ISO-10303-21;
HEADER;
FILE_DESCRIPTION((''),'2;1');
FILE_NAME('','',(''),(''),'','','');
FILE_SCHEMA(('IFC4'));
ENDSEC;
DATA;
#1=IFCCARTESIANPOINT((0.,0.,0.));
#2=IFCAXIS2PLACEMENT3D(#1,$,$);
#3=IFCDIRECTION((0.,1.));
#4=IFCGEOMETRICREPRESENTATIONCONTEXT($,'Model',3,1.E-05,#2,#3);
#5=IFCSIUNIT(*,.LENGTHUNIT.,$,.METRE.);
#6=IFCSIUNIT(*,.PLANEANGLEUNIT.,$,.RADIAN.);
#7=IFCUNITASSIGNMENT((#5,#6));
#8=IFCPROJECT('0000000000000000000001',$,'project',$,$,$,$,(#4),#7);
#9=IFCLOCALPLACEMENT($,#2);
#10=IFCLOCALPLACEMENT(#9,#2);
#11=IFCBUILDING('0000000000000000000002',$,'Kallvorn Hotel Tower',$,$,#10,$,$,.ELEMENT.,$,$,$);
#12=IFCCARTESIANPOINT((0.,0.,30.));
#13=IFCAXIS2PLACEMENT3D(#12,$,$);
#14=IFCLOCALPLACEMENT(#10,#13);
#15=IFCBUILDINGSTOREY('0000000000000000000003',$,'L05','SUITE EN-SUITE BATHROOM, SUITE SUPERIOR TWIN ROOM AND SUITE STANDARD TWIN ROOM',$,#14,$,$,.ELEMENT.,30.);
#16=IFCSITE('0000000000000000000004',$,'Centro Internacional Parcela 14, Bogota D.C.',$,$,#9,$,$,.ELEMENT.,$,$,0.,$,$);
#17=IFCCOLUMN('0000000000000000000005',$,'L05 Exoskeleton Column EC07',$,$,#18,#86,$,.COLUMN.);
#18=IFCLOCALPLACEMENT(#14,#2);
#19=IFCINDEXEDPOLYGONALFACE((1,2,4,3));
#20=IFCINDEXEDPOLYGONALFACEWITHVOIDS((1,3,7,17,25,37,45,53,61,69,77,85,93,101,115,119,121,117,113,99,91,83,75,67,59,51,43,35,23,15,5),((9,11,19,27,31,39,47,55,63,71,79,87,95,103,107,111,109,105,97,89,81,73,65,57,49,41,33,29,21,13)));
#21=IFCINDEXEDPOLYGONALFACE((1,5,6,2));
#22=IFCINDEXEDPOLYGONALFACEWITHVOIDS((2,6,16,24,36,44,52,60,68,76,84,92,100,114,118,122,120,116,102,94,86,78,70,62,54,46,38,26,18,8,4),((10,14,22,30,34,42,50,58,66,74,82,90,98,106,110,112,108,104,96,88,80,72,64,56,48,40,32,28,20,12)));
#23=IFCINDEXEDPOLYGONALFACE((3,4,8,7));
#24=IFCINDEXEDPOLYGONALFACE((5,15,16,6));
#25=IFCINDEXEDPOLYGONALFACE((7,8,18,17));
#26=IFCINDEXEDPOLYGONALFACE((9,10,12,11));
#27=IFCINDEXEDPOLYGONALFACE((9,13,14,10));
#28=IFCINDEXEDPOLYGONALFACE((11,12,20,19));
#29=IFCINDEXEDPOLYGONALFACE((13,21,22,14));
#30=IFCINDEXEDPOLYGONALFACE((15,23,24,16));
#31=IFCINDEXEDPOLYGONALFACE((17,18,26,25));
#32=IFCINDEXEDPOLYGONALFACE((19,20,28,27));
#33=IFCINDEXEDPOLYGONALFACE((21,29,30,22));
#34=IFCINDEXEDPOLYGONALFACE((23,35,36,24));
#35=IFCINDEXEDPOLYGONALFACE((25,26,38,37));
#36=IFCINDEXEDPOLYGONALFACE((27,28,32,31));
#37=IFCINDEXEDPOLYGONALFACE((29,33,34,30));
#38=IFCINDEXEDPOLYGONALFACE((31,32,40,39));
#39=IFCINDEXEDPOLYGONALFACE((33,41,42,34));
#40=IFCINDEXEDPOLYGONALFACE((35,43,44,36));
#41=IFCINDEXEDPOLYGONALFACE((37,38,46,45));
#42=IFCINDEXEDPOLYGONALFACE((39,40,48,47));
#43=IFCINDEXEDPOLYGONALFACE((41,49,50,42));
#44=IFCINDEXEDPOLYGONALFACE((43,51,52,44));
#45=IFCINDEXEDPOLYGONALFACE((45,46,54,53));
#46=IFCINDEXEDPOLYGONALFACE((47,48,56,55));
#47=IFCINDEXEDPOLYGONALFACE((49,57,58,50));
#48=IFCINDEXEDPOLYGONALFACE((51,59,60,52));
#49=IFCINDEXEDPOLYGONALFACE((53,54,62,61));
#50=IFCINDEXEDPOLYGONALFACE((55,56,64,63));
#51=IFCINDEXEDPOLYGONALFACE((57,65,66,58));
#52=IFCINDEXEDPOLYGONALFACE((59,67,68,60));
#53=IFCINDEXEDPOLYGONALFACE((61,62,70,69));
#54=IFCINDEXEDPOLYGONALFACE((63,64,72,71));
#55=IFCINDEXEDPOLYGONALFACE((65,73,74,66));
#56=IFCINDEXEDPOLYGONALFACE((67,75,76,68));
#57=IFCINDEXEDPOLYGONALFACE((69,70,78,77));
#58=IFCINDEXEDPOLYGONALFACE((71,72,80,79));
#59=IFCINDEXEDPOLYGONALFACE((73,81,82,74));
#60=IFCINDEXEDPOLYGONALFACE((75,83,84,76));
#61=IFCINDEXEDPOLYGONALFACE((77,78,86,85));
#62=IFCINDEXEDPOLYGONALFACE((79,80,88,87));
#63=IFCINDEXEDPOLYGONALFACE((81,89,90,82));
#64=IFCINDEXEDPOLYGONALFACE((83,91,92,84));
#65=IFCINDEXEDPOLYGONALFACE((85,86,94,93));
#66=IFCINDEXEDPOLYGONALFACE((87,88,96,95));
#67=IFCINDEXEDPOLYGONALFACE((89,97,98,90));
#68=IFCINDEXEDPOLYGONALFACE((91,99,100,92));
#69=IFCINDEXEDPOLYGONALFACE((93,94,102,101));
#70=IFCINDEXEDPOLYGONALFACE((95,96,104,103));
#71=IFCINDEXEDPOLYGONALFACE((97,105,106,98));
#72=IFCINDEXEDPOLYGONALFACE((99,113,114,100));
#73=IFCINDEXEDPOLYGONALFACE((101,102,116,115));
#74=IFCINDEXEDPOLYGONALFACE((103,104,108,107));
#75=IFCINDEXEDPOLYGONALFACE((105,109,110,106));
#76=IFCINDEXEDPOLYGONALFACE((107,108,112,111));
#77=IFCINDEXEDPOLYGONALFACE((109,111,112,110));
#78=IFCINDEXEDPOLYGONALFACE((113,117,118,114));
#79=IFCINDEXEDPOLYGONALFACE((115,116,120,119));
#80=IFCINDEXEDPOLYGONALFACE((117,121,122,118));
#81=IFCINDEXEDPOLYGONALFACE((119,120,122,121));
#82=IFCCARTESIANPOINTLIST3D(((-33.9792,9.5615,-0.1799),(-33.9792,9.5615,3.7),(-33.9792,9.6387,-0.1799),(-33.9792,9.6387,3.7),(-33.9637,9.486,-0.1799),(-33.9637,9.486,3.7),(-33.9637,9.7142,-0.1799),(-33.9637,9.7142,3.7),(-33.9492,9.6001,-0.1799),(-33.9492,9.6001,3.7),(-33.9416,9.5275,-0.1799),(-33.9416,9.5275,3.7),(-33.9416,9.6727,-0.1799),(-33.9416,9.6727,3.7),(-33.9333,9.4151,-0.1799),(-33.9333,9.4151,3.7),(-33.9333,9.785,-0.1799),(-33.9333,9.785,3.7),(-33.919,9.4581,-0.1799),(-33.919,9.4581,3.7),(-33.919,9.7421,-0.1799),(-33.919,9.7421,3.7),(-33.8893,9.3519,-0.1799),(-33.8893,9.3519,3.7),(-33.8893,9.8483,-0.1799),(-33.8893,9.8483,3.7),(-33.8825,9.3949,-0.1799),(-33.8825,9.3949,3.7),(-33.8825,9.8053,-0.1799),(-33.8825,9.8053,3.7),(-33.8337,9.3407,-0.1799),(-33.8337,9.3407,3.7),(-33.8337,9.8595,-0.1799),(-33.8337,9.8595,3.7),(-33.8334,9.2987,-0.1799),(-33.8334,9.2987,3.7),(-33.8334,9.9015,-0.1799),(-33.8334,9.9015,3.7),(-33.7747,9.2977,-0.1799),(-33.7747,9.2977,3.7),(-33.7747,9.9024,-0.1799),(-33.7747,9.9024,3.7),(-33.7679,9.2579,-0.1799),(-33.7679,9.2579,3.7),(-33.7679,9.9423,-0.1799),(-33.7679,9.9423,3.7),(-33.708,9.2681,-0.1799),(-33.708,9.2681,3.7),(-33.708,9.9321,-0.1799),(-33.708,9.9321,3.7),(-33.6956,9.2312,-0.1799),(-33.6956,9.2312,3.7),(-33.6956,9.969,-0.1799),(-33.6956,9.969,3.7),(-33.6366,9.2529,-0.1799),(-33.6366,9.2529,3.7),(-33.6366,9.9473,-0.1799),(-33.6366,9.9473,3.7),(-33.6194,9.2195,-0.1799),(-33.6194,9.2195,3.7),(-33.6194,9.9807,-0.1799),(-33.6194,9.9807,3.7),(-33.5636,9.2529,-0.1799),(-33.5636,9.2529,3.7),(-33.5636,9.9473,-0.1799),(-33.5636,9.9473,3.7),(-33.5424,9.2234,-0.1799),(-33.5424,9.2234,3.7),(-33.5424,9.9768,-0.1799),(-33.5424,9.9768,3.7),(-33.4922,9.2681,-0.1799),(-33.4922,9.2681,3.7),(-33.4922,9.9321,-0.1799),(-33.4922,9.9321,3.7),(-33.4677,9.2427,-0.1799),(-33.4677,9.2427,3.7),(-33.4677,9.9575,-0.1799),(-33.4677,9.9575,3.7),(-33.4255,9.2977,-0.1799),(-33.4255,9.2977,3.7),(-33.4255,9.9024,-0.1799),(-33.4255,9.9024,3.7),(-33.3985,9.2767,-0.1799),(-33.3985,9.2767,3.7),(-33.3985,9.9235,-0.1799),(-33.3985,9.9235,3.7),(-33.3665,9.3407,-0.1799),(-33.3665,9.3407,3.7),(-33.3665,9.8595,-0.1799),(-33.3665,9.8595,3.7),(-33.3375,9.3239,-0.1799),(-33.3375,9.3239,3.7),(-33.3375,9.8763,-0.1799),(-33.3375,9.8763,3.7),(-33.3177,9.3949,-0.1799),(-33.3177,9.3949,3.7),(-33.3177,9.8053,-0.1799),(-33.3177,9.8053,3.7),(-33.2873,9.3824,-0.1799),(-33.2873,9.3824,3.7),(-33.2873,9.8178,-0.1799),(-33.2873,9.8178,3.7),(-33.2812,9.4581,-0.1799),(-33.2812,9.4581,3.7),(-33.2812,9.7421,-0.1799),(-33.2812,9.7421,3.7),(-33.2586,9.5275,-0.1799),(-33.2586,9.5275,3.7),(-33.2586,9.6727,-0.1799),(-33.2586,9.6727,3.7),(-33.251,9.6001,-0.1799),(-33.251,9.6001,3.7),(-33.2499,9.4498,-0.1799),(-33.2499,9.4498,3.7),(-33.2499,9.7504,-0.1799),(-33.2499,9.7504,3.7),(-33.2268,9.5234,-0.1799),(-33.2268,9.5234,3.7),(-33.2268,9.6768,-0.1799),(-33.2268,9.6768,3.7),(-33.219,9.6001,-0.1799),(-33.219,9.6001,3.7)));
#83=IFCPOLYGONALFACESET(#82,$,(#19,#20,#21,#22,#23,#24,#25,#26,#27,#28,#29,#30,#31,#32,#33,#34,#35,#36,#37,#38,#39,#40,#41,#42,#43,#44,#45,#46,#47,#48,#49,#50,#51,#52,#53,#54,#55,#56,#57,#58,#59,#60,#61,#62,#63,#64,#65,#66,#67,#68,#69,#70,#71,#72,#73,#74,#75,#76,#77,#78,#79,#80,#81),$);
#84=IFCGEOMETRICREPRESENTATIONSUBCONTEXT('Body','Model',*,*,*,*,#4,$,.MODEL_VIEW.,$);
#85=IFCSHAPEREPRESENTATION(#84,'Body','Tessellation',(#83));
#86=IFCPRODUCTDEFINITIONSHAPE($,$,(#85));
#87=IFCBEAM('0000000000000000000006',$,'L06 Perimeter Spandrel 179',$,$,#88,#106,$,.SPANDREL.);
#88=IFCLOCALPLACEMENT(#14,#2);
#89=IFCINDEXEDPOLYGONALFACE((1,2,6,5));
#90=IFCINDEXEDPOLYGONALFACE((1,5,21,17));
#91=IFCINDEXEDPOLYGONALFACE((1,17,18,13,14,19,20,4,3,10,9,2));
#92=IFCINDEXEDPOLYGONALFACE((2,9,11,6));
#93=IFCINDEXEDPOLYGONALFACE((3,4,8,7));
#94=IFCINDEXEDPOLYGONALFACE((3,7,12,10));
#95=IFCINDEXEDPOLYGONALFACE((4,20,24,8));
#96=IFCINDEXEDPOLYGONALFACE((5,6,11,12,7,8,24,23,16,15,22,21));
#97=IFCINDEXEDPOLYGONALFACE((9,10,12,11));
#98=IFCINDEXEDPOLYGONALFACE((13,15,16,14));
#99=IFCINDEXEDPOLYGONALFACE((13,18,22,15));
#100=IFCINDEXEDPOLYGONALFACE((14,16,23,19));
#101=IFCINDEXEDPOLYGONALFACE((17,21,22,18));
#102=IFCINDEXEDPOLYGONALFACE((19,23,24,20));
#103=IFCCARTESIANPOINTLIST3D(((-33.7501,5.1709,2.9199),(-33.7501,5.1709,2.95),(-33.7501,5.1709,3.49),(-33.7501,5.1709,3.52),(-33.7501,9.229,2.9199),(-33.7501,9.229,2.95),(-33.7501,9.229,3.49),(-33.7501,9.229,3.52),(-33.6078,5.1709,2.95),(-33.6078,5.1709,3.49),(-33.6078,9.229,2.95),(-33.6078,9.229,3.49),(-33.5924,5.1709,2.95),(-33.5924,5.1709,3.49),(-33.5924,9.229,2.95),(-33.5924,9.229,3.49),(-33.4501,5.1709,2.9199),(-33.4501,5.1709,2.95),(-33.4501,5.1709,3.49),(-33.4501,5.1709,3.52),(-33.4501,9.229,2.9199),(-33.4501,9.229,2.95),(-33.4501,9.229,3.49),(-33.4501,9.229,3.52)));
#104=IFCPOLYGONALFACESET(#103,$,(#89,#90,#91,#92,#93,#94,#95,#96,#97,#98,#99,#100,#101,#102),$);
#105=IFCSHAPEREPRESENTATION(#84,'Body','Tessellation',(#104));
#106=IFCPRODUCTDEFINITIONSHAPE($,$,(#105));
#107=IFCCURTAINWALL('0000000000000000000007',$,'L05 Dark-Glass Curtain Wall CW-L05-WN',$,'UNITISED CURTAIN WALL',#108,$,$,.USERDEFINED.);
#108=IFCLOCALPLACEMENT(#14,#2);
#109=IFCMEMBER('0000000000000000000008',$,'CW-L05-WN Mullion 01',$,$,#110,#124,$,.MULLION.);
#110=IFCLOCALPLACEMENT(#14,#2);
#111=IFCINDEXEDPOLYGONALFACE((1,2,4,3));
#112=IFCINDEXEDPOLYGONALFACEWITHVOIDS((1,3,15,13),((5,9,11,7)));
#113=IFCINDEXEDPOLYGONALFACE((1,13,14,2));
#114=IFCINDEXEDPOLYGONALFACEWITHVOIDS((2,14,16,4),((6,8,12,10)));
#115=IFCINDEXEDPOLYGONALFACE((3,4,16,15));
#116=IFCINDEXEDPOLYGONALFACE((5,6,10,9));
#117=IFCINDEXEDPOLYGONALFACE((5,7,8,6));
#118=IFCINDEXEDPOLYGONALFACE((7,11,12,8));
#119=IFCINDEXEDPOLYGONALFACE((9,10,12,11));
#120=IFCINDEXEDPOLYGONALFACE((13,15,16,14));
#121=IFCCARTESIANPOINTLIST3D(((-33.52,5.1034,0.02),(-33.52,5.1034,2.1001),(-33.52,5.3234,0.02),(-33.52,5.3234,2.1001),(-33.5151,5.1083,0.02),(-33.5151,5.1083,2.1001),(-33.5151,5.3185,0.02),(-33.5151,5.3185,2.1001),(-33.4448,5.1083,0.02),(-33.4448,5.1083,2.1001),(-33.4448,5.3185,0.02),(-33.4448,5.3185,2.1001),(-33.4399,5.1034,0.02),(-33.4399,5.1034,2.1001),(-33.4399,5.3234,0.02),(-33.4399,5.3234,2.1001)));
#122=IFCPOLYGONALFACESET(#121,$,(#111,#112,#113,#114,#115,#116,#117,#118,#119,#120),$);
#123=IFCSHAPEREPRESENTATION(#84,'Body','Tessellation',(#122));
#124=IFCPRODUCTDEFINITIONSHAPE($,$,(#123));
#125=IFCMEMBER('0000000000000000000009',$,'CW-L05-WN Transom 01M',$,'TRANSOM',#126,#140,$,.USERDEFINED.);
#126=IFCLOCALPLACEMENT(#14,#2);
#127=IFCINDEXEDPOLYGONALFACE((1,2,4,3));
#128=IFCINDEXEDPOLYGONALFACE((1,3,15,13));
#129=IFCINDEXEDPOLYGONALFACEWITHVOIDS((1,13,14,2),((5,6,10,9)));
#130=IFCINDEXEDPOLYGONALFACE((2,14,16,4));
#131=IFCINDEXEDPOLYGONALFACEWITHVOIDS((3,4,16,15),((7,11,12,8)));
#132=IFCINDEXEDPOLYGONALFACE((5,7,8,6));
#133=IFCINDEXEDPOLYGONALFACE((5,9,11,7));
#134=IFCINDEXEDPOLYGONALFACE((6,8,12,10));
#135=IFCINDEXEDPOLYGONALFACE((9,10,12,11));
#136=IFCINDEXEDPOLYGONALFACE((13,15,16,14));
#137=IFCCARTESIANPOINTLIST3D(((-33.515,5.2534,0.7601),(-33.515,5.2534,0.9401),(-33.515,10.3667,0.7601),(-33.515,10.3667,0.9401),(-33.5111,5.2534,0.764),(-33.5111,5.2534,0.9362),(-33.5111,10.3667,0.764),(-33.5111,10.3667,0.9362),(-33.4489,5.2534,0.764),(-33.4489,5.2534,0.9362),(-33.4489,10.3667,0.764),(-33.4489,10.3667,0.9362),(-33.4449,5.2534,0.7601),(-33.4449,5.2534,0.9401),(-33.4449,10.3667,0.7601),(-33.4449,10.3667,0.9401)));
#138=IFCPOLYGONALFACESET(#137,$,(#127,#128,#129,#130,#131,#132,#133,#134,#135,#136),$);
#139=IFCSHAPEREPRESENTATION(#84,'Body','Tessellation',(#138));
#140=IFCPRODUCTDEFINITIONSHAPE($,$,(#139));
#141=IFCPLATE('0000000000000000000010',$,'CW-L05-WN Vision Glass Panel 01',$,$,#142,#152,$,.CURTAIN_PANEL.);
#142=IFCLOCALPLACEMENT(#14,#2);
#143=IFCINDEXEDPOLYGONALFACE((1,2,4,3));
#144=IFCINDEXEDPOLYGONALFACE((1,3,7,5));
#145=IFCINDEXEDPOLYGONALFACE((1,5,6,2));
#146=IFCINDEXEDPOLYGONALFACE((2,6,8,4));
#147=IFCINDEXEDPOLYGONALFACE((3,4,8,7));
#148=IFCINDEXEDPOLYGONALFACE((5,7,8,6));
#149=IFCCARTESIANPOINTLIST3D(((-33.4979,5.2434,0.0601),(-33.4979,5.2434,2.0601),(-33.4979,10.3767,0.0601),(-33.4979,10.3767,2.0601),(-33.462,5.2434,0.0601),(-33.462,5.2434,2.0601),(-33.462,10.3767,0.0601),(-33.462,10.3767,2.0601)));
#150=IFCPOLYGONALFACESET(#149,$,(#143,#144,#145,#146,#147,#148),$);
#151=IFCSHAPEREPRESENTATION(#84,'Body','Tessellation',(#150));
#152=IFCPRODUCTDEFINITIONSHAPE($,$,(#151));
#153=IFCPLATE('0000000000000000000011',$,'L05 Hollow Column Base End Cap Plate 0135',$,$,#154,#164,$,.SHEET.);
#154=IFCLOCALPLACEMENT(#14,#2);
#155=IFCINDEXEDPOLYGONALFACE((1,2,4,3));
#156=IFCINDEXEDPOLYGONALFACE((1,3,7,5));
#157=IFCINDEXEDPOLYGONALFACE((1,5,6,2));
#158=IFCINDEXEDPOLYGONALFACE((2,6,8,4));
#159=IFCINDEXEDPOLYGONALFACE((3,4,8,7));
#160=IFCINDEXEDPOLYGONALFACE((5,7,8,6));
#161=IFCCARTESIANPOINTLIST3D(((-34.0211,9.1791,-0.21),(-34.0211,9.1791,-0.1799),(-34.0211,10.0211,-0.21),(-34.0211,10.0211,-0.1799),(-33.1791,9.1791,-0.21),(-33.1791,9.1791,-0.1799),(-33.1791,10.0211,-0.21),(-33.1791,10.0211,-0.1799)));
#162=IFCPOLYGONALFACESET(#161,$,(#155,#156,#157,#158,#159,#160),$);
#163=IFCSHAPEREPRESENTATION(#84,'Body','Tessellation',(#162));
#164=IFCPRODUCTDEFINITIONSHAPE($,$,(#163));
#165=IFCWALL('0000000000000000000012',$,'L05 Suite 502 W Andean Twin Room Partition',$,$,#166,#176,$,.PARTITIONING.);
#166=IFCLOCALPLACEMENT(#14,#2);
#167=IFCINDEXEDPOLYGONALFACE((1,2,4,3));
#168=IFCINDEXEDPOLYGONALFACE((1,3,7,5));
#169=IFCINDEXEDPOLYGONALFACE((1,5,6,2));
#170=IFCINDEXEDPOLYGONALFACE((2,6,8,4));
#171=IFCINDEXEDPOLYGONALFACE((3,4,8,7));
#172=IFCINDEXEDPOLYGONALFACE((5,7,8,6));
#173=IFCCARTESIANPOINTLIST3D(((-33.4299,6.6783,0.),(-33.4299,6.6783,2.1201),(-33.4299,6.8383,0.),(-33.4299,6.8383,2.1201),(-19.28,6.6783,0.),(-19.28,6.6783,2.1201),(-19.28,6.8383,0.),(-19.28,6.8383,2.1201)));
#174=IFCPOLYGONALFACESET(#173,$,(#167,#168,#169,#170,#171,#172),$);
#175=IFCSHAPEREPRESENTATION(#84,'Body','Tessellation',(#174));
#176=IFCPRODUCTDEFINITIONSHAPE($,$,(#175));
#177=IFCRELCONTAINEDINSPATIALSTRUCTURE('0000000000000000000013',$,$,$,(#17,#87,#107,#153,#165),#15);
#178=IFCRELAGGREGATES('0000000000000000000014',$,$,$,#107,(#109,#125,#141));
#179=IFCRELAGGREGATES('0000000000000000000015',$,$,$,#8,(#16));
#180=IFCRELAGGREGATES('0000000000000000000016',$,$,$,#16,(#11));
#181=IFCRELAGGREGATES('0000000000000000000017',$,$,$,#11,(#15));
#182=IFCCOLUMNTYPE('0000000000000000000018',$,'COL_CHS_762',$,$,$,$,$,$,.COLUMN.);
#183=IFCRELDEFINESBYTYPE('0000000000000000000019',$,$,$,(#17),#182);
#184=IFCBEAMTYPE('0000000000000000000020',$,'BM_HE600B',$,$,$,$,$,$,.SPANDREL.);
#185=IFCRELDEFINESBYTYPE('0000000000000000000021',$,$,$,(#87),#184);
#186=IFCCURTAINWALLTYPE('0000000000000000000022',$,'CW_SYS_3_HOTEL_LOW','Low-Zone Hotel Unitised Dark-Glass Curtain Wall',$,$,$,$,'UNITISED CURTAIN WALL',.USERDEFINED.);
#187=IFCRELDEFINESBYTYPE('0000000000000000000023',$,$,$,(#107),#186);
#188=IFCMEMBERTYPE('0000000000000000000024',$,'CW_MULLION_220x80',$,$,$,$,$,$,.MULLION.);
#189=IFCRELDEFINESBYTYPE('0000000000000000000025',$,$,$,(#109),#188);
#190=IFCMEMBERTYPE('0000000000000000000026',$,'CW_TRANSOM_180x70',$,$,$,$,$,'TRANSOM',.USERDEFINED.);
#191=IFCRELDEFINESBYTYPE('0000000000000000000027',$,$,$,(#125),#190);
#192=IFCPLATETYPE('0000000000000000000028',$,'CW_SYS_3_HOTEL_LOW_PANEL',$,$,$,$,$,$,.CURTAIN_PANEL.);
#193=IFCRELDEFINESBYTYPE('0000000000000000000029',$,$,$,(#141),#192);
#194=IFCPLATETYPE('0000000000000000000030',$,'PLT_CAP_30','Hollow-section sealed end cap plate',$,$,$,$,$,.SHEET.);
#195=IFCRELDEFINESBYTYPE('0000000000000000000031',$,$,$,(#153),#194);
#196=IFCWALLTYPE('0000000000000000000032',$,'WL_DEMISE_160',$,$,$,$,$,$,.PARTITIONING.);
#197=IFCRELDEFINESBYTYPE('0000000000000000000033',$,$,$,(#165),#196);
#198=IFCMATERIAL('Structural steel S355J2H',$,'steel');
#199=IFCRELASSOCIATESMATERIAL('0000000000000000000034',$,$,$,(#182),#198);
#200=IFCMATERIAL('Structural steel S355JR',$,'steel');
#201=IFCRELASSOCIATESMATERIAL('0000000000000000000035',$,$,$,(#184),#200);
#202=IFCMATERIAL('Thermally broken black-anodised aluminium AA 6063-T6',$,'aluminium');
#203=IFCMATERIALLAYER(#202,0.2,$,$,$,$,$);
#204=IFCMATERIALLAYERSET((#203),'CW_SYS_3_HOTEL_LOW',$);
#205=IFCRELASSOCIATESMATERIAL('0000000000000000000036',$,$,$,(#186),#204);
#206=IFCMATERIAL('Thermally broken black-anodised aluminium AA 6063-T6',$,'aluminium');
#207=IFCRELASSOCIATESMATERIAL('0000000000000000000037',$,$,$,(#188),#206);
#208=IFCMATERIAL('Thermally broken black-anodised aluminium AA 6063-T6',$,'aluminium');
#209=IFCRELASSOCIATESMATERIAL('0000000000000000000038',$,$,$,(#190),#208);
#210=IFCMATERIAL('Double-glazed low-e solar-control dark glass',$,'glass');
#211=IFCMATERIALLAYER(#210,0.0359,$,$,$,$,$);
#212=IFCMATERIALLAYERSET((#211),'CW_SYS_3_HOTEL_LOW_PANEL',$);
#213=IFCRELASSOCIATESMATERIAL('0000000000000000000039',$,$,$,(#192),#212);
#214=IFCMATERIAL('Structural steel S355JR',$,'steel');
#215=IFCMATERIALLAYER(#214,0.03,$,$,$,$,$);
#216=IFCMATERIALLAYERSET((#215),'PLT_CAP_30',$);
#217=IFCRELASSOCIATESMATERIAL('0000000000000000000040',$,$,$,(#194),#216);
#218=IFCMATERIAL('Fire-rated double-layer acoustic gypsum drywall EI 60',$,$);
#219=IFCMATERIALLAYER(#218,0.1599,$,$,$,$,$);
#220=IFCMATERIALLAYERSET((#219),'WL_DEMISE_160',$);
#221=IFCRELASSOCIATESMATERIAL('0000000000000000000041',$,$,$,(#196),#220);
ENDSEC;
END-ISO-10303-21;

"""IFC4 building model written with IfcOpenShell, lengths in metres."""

from ifc_helpers import new_model, si_unit, direction, frame, frame_2d, origin, origin_2d, place, context, subcontext, project, spatial, rectangle, hollow_rectangle, hollow_circle, i_section, extrude, material, layer, layer_set, material_profile, profile_set, type_object, element, aggregate, save


model = new_model("IFC4")

# Units and contexts
model_context = context("Model", 3, precision=1e-05, world=origin(), true_north=direction((0.0, 1.0)))
body_context = subcontext(model_context, "Body", "Model", "MODEL_VIEW")
ifc_project = project(units=[si_unit("LENGTHUNIT", "METRE"), si_unit("PLANEANGLEUNIT", "RADIAN")], contexts=[model_context])

# Site, building, storey
site_placement = place(None, origin())
site = spatial("IfcSite", under=ifc_project, at=site_placement, Name="Centro Internacional Parcela 14, Bogota D.C.", CompositionType="ELEMENT", RefElevation=0.0)
building_placement = place(site_placement, origin())
building = spatial("IfcBuilding", under=site, at=building_placement, Name="Kallvorn Hotel Tower", CompositionType="ELEMENT")
storey_placement = place(building_placement, frame((0.0, 0.0, 30.0)))
storey = spatial("IfcBuildingStorey", under=building, at=storey_placement, Name="L05", Description="SUITE EN-SUITE BATHROOM, SUITE SUPERIOR TWIN ROOM AND SUITE STANDARD TWIN ROOM", CompositionType="ELEMENT", Elevation=30.0)

# Column
ifc_material_1 = material(Name="Structural steel S355J2H", Category="steel")
ifc_material_profile_1 = material_profile(ifc_material_1, hollow_circle(Radius=0.3811, WallThickness=0.032, at=origin_2d()), Name="CHS 762x32")
ifc_profile_set_1 = profile_set([ifc_material_profile_1], Name="Structural steel S355J2H")
column_type = type_object("IfcColumnType", Name="COL_CHS_762", PredefinedType="COLUMN", material=ifc_profile_set_1)
column_placement = place(storey_placement, frame((-33.6001, 9.6001, -0.1799), z_axis=(0.0, 0.0, 1.0), x_axis=(1.0, 0.0, 0.0)))
element("IfcColumn", 1, at=column_placement, inside=storey, type_object=column_type, Name="L05 Exoskeleton Column EC07", PredefinedType="COLUMN", context=body_context, shape_type="SweptSolid", body=[
    extrude(hollow_circle(Radius=0.3811, WallThickness=0.032, at=origin_2d()), origin(), (0.0, 0.0, 1.0), 3.8799),
])

# Beam
ifc_material_2 = material(Name="Structural steel S355JR", Category="steel")
ifc_material_profile_2 = material_profile(ifc_material_2, i_section(OverallWidth=0.3, OverallDepth=0.6001, WebThickness=0.0154, FlangeThickness=0.03, at=origin_2d()), Name="HE 600 B")
ifc_profile_set_2 = profile_set([ifc_material_profile_2], Name="Structural steel S355JR")
beam_type = type_object("IfcBeamType", Name="BM_HE600B", PredefinedType="SPANDREL", material=ifc_profile_set_2)
beam_placement = place(storey_placement, frame((-33.6001, 5.1709, 3.22), z_axis=(0.0, 1.0, 0.0), x_axis=(-1.0, 0.0, 0.0)))
element("IfcBeam", 2, at=beam_placement, inside=storey, type_object=beam_type, Name="L06 Perimeter Spandrel 179", PredefinedType="SPANDREL", context=body_context, shape_type="SweptSolid", body=[
    extrude(i_section(OverallWidth=0.3, OverallDepth=0.6001, WebThickness=0.0154, FlangeThickness=0.03, at=origin_2d()), origin(), (0.0, 0.0, 1.0), 4.0581),
])

# Curtain wall, members, plate
ifc_material_3 = material(Name="Thermally broken black-anodised aluminium AA 6063-T6", Category="aluminium")
ifc_layer_1 = layer(ifc_material_3, 0.2)
ifc_layer_set_1 = layer_set([ifc_layer_1], Name="CW_SYS_3_HOTEL_LOW")
curtain_wall_type = type_object("IfcCurtainWallType", Name="CW_SYS_3_HOTEL_LOW", Description="Low-Zone Hotel Unitised Dark-Glass Curtain Wall", ElementType="UNITISED CURTAIN WALL", PredefinedType="USERDEFINED", material=ifc_layer_set_1)
curtain_wall_placement = place(storey_placement, origin())
curtain_wall = element("IfcCurtainWall", 3, at=curtain_wall_placement, inside=storey, type_object=curtain_wall_type, Name="L05 Dark-Glass Curtain Wall CW-L05-WN", ObjectType="UNITISED CURTAIN WALL", PredefinedType="USERDEFINED")
ifc_material_4 = material(Name="Thermally broken black-anodised aluminium AA 6063-T6", Category="aluminium")
ifc_material_profile_3 = material_profile(ifc_material_4, hollow_rectangle(XDim=0.0801, YDim=0.22, WallThickness=0.0049, at=origin_2d()), Name="MUL 220x80")
ifc_profile_set_3 = profile_set([ifc_material_profile_3], Name="Thermally broken black-anodised aluminium AA 6063-T6")
member_type_1 = type_object("IfcMemberType", Name="CW_MULLION_220x80", PredefinedType="MULLION", material=ifc_profile_set_3)
member_1_placement = place(storey_placement, frame((-33.48, 5.2134, 0.02), z_axis=(0.0, 0.0, 1.0), x_axis=(1.0, 0.0, 0.0)))
member_1 = element("IfcMember", 4, at=member_1_placement, type_object=member_type_1, Name="CW-L05-WN Mullion 01", PredefinedType="MULLION", context=body_context, shape_type="SweptSolid", body=[
    extrude(hollow_rectangle(XDim=0.0801, YDim=0.22, WallThickness=0.0049, at=origin_2d()), origin(), (0.0, 0.0, 1.0), 2.0801),
])
ifc_material_5 = material(Name="Thermally broken black-anodised aluminium AA 6063-T6", Category="aluminium")
ifc_material_profile_4 = material_profile(ifc_material_5, hollow_rectangle(XDim=0.0701, YDim=0.1799, WallThickness=0.0039, at=origin_2d()), Name="TRN 180x70")
ifc_profile_set_4 = profile_set([ifc_material_profile_4], Name="Thermally broken black-anodised aluminium AA 6063-T6")
member_type_2 = type_object("IfcMemberType", Name="CW_TRANSOM_180x70", ElementType="TRANSOM", PredefinedType="USERDEFINED", material=ifc_profile_set_4)
member_2_placement = place(storey_placement, frame((-33.48, 5.2534, 0.8501), z_axis=(0.0, 1.0, 0.0), x_axis=(-1.0, 0.0, 0.0)))
member_2 = element("IfcMember", 5, at=member_2_placement, type_object=member_type_2, Name="CW-L05-WN Transom 01M", ObjectType="TRANSOM", PredefinedType="USERDEFINED", context=body_context, shape_type="SweptSolid", body=[
    extrude(hollow_rectangle(XDim=0.0701, YDim=0.1799, WallThickness=0.0039, at=origin_2d()), origin(), (0.0, 0.0, 1.0), 5.1133),
])
ifc_material_6 = material(Name="Double-glazed low-e solar-control dark glass", Category="glass")
ifc_layer_2 = layer(ifc_material_6, 0.0359)
ifc_layer_set_2 = layer_set([ifc_layer_2], Name="CW_SYS_3_HOTEL_LOW_PANEL")
plate_type_1 = type_object("IfcPlateType", Name="CW_SYS_3_HOTEL_LOW_PANEL", PredefinedType="CURTAIN_PANEL", material=ifc_layer_set_2)
plate_1_placement = place(storey_placement, frame((-33.48, 7.8101, 0.0601), z_axis=(0.0, 0.0, 1.0), x_axis=(0.0, 1.0, 0.0)))
plate_1 = element("IfcPlate", 6, at=plate_1_placement, type_object=plate_type_1, Name="CW-L05-WN Vision Glass Panel 01", PredefinedType="CURTAIN_PANEL", context=body_context, shape_type="SweptSolid", body=[
    extrude(rectangle(XDim=5.1333, YDim=0.0359, at=origin_2d()), origin(), (0.0, 0.0, 1.0), 2.0),
])
aggregate(curtain_wall, [member_1, member_2, plate_1])

# Plate
ifc_material_7 = material(Name="Structural steel S355JR", Category="steel")
ifc_layer_3 = layer(ifc_material_7, 0.03)
ifc_layer_set_3 = layer_set([ifc_layer_3], Name="PLT_CAP_30")
plate_type_2 = type_object("IfcPlateType", Name="PLT_CAP_30", Description="Hollow-section sealed end cap plate", PredefinedType="SHEET", material=ifc_layer_set_3)
plate_2_placement = place(storey_placement, frame((-33.6001, 9.6001, -0.21), z_axis=(0.0, 0.0, 1.0), x_axis=(1.0, 0.0, 0.0)))
element("IfcPlate", 7, at=plate_2_placement, inside=storey, type_object=plate_type_2, Name="L05 Hollow Column Base End Cap Plate 0135", PredefinedType="SHEET", context=body_context, shape_type="SweptSolid", body=[
    extrude(rectangle(XDim=0.842, YDim=0.842, at=origin_2d()), origin(), (0.0, 0.0, 1.0), 0.03),
])

# Wall
ifc_material_8 = material(Name="Fire-rated double-layer acoustic gypsum drywall EI 60")
ifc_layer_4 = layer(ifc_material_8, 0.1599)
ifc_layer_set_4 = layer_set([ifc_layer_4], Name="WL_DEMISE_160")
wall_type = type_object("IfcWallType", Name="WL_DEMISE_160", PredefinedType="PARTITIONING", material=ifc_layer_set_4)
wall_1_placement = place(storey_placement, frame((-33.4299, 6.7583, 0.0), z_axis=(0.0, 0.0, 1.0), x_axis=(1.0, 0.0, 0.0)))
element("IfcWall", 8, at=wall_1_placement, inside=storey, type_object=wall_type, Name="L05 Suite 502 W Andean Twin Room Partition", PredefinedType="PARTITIONING", context=body_context, shape_type="SweptSolid", body=[
    extrude(rectangle(XDim=14.1499, YDim=0.1599, at=frame_2d((7.075, 0.0))), origin(), (0.0, 0.0, 1.0), 2.1201),
])

save(model, "model.ifc")
